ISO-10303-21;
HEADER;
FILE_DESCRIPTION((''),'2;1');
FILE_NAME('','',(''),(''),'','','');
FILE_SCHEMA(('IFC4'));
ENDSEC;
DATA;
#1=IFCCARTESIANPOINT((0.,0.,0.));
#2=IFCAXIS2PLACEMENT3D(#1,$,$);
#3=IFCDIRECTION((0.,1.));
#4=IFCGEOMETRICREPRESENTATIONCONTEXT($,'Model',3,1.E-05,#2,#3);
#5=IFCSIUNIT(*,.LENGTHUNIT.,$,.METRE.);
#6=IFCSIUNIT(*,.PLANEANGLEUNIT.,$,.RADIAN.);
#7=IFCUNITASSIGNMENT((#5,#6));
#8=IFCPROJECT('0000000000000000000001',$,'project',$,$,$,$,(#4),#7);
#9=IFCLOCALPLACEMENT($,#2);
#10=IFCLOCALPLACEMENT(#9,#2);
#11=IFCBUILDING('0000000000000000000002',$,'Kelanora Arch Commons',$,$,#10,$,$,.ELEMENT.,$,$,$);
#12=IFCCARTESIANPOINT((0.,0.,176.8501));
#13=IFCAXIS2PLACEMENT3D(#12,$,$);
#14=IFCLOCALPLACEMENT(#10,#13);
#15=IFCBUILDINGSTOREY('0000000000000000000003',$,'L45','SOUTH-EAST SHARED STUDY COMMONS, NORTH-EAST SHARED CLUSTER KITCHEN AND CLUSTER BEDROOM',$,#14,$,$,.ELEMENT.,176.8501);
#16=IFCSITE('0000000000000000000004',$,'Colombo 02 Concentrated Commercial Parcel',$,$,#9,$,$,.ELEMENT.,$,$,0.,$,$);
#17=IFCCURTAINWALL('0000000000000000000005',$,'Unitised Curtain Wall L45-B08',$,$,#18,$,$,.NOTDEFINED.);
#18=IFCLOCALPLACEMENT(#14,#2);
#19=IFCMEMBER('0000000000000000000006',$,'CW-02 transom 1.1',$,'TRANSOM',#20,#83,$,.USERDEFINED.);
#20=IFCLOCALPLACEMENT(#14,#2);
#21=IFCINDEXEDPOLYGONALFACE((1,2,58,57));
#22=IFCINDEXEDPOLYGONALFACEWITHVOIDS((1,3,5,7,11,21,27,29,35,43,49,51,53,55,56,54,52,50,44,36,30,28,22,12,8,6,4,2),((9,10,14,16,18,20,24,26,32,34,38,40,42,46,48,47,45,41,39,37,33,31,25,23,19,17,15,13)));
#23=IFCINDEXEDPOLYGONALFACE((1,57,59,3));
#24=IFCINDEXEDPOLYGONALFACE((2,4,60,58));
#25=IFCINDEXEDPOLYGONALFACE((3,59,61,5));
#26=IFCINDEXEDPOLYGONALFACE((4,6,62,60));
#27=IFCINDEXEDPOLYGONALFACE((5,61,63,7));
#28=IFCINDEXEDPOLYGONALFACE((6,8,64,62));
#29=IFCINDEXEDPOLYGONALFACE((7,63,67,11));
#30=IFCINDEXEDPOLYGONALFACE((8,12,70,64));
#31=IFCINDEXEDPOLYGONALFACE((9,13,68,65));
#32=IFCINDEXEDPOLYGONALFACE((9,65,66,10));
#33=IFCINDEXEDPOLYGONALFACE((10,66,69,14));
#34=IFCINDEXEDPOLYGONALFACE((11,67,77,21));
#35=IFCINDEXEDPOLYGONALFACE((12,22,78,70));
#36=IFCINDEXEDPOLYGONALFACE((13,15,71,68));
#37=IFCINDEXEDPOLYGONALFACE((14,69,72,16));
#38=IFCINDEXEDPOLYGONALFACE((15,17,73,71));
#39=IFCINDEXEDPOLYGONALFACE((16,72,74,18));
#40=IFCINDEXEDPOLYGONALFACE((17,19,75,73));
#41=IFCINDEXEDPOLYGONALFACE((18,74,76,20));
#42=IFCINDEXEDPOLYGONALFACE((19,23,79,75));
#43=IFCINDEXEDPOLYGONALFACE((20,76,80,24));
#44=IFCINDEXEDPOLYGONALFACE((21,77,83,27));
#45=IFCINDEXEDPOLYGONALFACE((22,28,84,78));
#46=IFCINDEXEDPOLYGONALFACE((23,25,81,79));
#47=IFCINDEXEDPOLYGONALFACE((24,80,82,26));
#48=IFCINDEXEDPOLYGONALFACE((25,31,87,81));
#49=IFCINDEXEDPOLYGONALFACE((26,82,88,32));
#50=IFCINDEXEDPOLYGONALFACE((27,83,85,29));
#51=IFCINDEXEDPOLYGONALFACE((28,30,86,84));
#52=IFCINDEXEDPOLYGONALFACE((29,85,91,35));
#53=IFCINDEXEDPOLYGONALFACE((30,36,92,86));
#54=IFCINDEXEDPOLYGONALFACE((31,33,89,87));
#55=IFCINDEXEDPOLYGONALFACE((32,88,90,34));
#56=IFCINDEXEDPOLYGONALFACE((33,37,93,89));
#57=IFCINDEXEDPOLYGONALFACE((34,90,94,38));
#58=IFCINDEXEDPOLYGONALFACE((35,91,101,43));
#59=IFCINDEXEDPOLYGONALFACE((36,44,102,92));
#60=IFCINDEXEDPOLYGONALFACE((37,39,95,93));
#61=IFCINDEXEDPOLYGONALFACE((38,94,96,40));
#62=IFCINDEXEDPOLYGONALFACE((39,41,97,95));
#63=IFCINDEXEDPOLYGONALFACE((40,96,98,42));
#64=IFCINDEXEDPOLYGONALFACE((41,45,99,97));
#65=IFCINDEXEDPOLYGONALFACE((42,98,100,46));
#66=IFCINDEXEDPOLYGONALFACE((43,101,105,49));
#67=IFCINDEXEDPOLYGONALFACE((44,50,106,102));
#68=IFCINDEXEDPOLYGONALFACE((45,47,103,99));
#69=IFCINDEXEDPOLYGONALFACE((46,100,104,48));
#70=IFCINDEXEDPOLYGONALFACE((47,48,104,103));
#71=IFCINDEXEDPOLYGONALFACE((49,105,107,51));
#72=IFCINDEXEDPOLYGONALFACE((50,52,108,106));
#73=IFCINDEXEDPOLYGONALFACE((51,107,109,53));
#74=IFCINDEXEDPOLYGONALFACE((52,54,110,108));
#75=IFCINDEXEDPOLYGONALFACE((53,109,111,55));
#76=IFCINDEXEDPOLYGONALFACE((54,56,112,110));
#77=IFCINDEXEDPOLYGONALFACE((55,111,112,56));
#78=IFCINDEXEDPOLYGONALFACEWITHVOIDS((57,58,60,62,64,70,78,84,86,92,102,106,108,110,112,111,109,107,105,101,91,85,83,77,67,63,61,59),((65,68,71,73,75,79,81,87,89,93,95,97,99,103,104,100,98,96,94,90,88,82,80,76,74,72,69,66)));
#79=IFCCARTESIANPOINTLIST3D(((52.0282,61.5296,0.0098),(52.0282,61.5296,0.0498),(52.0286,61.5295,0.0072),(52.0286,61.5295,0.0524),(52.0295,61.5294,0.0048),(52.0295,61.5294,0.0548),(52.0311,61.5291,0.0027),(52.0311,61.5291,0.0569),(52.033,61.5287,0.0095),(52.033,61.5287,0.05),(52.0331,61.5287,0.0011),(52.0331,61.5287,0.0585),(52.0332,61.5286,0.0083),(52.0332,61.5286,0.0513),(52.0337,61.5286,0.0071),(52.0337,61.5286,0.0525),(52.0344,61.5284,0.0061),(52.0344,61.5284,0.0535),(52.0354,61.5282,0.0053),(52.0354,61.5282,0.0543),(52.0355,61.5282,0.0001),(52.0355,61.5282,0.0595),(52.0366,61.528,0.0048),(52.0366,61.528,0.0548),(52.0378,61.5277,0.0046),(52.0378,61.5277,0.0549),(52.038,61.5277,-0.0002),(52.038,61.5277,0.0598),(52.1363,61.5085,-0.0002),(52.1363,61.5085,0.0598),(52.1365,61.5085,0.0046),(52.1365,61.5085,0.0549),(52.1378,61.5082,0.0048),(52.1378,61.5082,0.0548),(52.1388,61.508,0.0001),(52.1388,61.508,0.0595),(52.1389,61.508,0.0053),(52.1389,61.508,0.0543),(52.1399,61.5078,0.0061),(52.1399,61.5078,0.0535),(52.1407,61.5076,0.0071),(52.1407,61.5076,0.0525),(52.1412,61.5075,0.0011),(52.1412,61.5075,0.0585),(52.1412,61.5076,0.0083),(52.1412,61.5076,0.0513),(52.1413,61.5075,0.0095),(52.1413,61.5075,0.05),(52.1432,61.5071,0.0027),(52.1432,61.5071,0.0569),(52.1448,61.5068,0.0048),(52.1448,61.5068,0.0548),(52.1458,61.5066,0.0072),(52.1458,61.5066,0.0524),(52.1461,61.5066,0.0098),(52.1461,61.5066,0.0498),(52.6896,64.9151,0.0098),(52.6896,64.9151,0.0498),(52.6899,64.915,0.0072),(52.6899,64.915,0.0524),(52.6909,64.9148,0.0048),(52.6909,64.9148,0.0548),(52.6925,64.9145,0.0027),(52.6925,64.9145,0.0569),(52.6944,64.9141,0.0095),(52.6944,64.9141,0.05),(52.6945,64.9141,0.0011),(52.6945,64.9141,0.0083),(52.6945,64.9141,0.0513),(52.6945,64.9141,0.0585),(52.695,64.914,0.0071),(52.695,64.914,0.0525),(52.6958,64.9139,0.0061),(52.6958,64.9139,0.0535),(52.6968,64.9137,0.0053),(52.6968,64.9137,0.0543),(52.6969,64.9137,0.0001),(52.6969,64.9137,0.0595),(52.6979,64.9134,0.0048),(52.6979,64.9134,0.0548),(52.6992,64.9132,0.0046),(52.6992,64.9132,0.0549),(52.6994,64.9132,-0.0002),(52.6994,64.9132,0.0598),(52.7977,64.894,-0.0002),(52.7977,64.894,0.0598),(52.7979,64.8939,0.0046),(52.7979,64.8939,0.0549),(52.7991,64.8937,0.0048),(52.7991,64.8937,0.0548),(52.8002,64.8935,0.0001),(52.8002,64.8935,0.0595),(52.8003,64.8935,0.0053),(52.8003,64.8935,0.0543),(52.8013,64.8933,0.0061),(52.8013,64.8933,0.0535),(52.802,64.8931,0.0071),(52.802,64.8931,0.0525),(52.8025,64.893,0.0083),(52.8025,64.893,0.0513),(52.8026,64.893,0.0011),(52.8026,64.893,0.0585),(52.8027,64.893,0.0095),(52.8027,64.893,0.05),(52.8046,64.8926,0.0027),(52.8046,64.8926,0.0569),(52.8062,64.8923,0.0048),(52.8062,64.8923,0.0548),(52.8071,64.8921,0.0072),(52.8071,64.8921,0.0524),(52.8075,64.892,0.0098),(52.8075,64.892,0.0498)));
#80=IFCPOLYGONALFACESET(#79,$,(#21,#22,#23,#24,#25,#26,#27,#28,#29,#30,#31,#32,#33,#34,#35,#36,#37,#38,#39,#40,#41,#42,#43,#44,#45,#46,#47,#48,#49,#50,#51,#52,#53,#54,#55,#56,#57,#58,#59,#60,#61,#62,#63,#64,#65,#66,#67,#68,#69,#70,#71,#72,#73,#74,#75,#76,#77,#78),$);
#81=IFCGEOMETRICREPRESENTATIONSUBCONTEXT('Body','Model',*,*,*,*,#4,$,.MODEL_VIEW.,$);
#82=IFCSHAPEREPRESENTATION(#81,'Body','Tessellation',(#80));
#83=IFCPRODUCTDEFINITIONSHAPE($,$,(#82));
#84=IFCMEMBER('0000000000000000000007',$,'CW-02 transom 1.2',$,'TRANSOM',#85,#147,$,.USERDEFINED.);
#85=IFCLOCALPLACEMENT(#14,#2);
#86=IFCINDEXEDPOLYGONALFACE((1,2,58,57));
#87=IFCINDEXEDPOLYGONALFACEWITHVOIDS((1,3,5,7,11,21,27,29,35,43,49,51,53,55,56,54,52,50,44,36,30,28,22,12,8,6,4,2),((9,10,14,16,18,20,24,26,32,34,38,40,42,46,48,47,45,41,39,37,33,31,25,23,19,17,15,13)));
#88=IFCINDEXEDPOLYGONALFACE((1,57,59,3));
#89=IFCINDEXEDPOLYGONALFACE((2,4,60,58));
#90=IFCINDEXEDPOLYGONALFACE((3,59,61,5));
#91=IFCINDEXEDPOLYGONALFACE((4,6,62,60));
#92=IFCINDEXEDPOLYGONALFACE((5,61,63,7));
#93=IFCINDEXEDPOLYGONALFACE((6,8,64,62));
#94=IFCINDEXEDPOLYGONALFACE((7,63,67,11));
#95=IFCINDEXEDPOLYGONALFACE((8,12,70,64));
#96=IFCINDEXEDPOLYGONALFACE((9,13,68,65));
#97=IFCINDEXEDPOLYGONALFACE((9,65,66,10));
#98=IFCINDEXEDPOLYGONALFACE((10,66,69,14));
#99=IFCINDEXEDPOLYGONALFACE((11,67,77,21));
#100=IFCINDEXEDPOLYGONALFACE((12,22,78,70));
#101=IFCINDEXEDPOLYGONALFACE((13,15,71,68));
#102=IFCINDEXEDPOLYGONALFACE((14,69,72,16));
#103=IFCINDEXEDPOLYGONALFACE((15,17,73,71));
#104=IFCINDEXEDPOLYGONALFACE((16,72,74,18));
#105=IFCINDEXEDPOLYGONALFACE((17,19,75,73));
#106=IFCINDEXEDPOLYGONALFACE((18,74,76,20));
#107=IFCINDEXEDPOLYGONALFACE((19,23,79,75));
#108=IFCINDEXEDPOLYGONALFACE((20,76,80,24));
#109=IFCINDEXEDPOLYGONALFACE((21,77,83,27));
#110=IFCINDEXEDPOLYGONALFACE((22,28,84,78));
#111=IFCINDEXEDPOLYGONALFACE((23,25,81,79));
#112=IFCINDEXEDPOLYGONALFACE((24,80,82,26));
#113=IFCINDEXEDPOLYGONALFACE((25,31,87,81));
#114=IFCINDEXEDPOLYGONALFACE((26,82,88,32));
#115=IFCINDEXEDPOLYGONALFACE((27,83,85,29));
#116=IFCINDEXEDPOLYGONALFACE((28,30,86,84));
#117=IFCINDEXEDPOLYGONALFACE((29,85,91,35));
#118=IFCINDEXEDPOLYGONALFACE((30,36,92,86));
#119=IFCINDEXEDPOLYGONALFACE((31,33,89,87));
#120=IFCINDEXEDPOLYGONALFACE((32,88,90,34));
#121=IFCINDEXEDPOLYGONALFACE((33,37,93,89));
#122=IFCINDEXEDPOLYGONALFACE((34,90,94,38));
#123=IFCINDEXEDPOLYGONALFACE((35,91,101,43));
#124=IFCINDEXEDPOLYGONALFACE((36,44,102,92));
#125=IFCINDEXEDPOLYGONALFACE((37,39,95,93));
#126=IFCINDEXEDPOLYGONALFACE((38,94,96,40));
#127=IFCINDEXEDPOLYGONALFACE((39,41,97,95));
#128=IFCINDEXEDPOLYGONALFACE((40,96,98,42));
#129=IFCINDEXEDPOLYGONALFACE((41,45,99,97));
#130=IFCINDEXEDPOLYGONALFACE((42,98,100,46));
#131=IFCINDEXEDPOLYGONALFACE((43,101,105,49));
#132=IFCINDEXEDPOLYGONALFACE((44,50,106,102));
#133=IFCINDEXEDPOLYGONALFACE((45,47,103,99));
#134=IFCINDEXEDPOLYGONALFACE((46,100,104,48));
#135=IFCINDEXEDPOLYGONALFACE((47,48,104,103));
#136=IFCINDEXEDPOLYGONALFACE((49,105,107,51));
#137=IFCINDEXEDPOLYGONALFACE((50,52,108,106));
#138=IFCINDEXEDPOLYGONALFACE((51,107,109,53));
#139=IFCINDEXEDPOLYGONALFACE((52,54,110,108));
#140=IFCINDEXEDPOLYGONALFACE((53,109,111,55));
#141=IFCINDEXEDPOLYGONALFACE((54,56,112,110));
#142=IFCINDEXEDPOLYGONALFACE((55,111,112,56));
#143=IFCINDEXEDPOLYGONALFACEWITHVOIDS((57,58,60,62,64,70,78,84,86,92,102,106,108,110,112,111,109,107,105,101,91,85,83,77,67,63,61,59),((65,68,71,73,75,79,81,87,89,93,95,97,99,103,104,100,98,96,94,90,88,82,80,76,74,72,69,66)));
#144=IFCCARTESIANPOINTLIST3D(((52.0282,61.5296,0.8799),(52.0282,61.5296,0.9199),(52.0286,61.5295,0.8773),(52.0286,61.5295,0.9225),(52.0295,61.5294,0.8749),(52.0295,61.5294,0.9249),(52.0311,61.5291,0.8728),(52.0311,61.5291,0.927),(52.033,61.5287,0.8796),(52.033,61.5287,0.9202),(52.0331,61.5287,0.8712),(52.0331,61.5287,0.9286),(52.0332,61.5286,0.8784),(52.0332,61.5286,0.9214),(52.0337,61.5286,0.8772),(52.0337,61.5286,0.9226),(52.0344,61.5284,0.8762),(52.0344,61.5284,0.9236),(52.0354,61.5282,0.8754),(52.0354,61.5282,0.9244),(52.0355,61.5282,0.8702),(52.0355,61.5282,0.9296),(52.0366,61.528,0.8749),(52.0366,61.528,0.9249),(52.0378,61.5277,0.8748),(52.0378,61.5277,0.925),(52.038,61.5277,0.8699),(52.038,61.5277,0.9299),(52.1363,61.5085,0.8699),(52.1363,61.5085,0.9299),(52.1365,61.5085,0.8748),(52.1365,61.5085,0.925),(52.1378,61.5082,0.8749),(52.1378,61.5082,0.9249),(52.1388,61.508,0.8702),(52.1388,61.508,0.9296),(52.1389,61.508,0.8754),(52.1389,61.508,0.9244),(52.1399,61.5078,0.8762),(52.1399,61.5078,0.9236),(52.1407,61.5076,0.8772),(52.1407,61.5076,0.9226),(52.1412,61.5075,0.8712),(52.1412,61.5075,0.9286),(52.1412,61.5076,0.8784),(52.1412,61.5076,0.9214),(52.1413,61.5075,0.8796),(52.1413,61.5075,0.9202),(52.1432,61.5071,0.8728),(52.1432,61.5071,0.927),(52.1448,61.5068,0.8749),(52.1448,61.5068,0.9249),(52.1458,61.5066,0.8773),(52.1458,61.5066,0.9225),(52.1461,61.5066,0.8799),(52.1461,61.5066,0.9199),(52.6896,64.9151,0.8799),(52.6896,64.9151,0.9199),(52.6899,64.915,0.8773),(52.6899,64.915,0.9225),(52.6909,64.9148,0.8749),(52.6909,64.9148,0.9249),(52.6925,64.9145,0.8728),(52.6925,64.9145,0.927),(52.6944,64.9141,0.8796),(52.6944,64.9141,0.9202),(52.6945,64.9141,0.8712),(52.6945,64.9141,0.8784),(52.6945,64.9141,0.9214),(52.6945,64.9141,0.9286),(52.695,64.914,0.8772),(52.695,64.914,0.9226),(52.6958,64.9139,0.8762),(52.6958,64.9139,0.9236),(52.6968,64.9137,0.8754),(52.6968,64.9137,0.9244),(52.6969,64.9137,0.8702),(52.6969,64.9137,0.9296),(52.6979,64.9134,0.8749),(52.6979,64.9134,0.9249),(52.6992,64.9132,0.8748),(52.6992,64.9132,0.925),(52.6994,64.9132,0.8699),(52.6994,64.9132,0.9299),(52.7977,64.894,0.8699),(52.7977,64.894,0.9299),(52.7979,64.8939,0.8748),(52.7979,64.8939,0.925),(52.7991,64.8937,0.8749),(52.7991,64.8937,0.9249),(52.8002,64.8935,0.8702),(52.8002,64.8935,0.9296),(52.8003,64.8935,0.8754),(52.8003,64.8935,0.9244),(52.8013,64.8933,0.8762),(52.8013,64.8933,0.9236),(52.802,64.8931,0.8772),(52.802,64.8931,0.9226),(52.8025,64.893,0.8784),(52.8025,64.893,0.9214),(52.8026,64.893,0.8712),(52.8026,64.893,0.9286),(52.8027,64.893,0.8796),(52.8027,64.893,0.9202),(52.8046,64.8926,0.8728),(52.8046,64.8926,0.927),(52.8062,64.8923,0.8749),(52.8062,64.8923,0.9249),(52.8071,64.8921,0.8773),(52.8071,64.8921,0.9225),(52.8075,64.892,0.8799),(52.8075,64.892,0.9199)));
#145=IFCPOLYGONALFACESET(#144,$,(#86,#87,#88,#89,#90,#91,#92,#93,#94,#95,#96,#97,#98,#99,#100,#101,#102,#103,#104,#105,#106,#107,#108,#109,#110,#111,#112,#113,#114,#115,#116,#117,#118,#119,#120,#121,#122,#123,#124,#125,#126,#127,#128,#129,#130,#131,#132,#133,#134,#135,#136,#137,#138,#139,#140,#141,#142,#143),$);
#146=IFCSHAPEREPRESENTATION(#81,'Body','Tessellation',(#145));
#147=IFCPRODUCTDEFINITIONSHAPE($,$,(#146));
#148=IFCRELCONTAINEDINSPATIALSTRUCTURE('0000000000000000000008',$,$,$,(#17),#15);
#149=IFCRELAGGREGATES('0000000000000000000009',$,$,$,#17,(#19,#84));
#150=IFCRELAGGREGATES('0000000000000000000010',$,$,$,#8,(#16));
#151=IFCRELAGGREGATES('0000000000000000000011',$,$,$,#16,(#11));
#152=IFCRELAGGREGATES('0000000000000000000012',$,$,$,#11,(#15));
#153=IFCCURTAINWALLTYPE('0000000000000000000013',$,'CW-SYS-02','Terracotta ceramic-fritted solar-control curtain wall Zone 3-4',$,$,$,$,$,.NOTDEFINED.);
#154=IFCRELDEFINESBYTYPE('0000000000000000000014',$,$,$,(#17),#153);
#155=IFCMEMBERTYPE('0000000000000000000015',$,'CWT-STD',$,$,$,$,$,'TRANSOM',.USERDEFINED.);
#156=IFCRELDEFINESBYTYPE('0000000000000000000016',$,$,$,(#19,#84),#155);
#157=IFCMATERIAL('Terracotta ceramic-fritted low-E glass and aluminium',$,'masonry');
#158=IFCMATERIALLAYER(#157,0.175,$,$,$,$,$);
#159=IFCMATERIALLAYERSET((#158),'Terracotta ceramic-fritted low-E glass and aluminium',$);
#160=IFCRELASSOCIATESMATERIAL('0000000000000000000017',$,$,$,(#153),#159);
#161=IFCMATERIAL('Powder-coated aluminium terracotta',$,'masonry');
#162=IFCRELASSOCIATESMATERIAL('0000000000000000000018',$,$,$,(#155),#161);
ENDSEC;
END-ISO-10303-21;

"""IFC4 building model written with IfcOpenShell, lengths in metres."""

from ifc_helpers import new_model, si_unit, direction, frame, origin, origin_2d, place, context, subcontext, project, spatial, hollow_rectangle, extrude, material, layer, layer_set, material_profile, profile_set, type_object, element, aggregate, save


model = new_model("IFC4")

# Units and contexts
model_context = context("Model", 3, precision=1e-05, world=origin(), true_north=direction((0.0, 1.0)))
body_context = subcontext(model_context, "Body", "Model", "MODEL_VIEW")
ifc_project = project(units=[si_unit("LENGTHUNIT", "METRE"), si_unit("PLANEANGLEUNIT", "RADIAN")], contexts=[model_context])

# Site, building, storey
site_placement = place(None, origin())
site = spatial("IfcSite", under=ifc_project, at=site_placement, Name="Colombo 02 Concentrated Commercial Parcel", CompositionType="ELEMENT", RefElevation=0.0)
building_placement = place(site_placement, origin())
building = spatial("IfcBuilding", under=site, at=building_placement, Name="Kelanora Arch Commons", CompositionType="ELEMENT")
storey_placement = place(building_placement, frame((0.0, 0.0, 176.8501)))
storey = spatial("IfcBuildingStorey", under=building, at=storey_placement, Name="L45", Description="SOUTH-EAST SHARED STUDY COMMONS, NORTH-EAST SHARED CLUSTER KITCHEN AND CLUSTER BEDROOM", CompositionType="ELEMENT", Elevation=176.8501)

# Curtain wall, members
ifc_material_1 = material(Name="Terracotta ceramic-fritted low-E glass and aluminium", Category="masonry")
ifc_layer_1 = layer(ifc_material_1, 0.175)
ifc_layer_set_1 = layer_set([ifc_layer_1], Name="Terracotta ceramic-fritted low-E glass and aluminium")
curtain_wall_type = type_object("IfcCurtainWallType", Name="CW-SYS-02", Description="Terracotta ceramic-fritted solar-control curtain wall Zone 3-4", PredefinedType="NOTDEFINED", material=ifc_layer_set_1)
curtain_wall_placement = place(storey_placement, origin())
curtain_wall = element("IfcCurtainWall", 1, at=curtain_wall_placement, inside=storey, type_object=curtain_wall_type, Name="Unitised Curtain Wall L45-B08", PredefinedType="NOTDEFINED")
ifc_material_2 = material(Name="Powder-coated aluminium terracotta", Category="masonry")
ifc_material_profile_1 = material_profile(ifc_material_2, hollow_rectangle(XDim=0.1201, YDim=0.0601, WallThickness=0.0049, InnerFilletRadius=0.0049, OuterFilletRadius=0.01, at=origin_2d()), Name="CWT120x60")
ifc_profile_set_1 = profile_set([ifc_material_profile_1], Name="Powder-coated aluminium terracotta")
member_type_1 = type_object("IfcMemberType", Name="CWT-STD", ElementType="TRANSOM", PredefinedType="USERDEFINED", material=ifc_profile_set_1)
member_1_placement = place(storey_placement, frame((52.7485, 64.9036, 0.0298), z_axis=(-0.191732, -0.981447, 0.0), x_axis=(0.981447, -0.191732, 0.0)))
member_1 = element("IfcMember", 2, at=member_1_placement, type_object=member_type_1, Name="CW-02 transom 1.1", ObjectType="TRANSOM", PredefinedType="USERDEFINED", context=body_context, shape_type="SweptSolid", body=[
    extrude(hollow_rectangle(XDim=0.1201, YDim=0.0601, WallThickness=0.0049, InnerFilletRadius=0.0049, OuterFilletRadius=0.01, at=origin_2d()), origin(), (0.0, 0.0, 1.0), 3.4495),
])
member_2_placement = place(storey_placement, frame((52.7485, 64.9036, 0.8999), z_axis=(-0.191732, -0.981447, 0.0), x_axis=(0.981447, -0.191732, 0.0)))
member_2 = element("IfcMember", 3, at=member_2_placement, type_object=member_type_1, Name="CW-02 transom 1.2", ObjectType="TRANSOM", PredefinedType="USERDEFINED", context=body_context, shape_type="SweptSolid", body=[
    extrude(hollow_rectangle(XDim=0.1201, YDim=0.0601, WallThickness=0.0049, InnerFilletRadius=0.0049, OuterFilletRadius=0.01, at=origin_2d()), origin(), (0.0, 0.0, 1.0), 3.4495),
])
aggregate(curtain_wall, [member_1, member_2])

save(model, "model.ifc")
